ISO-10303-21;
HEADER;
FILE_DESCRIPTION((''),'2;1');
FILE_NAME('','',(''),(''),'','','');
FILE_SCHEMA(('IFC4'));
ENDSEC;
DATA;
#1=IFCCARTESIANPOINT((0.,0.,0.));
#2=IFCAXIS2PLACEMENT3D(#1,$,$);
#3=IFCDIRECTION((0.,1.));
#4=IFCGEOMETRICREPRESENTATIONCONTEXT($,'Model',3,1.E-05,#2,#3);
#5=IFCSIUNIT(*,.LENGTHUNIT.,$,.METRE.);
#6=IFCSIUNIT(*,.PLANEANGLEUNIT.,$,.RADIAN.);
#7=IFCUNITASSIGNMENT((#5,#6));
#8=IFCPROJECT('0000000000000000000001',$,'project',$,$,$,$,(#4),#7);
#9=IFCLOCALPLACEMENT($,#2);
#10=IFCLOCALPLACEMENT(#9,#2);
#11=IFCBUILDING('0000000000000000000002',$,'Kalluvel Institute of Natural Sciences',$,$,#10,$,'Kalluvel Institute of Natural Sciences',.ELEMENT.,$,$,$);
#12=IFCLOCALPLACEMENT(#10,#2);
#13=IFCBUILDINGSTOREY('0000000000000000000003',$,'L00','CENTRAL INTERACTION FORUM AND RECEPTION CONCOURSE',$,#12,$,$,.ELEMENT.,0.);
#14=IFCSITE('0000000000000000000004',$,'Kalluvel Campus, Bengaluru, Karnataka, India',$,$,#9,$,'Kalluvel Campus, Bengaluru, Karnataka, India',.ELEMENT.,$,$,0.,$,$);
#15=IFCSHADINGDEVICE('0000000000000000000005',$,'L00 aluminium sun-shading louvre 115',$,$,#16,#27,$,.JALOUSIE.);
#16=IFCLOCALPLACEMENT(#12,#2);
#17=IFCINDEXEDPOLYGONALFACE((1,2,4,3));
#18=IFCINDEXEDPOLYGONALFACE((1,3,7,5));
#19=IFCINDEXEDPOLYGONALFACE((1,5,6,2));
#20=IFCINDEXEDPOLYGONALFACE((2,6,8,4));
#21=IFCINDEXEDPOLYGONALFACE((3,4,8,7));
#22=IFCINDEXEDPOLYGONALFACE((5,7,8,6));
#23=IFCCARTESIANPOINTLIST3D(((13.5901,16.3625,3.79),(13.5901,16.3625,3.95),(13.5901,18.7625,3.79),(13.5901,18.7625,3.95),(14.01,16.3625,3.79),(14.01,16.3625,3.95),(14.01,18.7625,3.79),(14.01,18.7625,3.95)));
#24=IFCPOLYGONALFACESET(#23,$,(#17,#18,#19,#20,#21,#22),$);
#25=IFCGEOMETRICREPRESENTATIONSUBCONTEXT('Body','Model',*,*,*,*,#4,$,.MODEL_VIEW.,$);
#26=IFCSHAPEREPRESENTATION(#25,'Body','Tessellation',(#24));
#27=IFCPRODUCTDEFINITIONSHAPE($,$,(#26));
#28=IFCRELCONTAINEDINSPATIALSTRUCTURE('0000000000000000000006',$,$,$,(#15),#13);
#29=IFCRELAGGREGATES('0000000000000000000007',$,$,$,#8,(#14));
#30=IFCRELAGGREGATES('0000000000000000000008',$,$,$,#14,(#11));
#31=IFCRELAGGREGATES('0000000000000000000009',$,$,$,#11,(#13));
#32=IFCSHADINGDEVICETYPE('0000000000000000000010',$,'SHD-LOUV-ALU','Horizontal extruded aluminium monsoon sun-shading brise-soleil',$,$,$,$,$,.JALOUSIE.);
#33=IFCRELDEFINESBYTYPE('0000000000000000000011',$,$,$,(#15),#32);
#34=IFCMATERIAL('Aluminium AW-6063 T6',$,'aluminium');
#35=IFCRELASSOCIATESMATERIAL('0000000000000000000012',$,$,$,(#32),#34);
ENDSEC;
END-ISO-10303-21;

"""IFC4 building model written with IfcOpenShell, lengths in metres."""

from ifc_helpers import new_model, si_unit, direction, frame, origin, origin_2d, place, context, subcontext, project, spatial, rectangle, extrude, material, type_object, element, save


model = new_model("IFC4")

# Units and contexts
model_context = context("Model", 3, precision=1e-05, world=origin(), true_north=direction((0.0, 1.0)))
body_context = subcontext(model_context, "Body", "Model", "MODEL_VIEW")
ifc_project = project(units=[si_unit("LENGTHUNIT", "METRE"), si_unit("PLANEANGLEUNIT", "RADIAN")], contexts=[model_context])

# Site, building, storey
site_placement = place(None, origin())
site = spatial("IfcSite", under=ifc_project, at=site_placement, Name="Kalluvel Campus, Bengaluru, Karnataka, India", LongName="Kalluvel Campus, Bengaluru, Karnataka, India", CompositionType="ELEMENT", RefElevation=0.0)
building_placement = place(site_placement, origin())
building = spatial("IfcBuilding", under=site, at=building_placement, Name="Kalluvel Institute of Natural Sciences", LongName="Kalluvel Institute of Natural Sciences", CompositionType="ELEMENT")
storey_placement = place(building_placement, origin())
storey = spatial("IfcBuildingStorey", under=building, at=storey_placement, Name="L00", Description="CENTRAL INTERACTION FORUM AND RECEPTION CONCOURSE", CompositionType="ELEMENT", Elevation=0.0)

# Shared definitions
ifc_material_1 = material(Name="Aluminium AW-6063 T6", Category="aluminium")

# Shading device
shading_device_type_1 = type_object("IfcShadingDeviceType", Name="SHD-LOUV-ALU", Description="Horizontal extruded aluminium monsoon sun-shading brise-soleil", PredefinedType="JALOUSIE", material=ifc_material_1)
shading_device_1_placement = place(storey_placement, frame((13.8, 17.5625, 3.79), z_axis=(0.0, 0.0, 1.0), x_axis=(0.0, 1.0, 0.0)))
element("IfcShadingDevice", 1, at=shading_device_1_placement, inside=storey, type_object=shading_device_type_1, Name="L00 aluminium sun-shading louvre 115", PredefinedType="JALOUSIE", context=body_context, shape_type="SweptSolid", body=[
    extrude(rectangle(XDim=2.3999, YDim=0.4199, at=origin_2d()), origin(), (0.0, 0.0, 1.0), 0.1599),
])

save(model, "model.ifc")
